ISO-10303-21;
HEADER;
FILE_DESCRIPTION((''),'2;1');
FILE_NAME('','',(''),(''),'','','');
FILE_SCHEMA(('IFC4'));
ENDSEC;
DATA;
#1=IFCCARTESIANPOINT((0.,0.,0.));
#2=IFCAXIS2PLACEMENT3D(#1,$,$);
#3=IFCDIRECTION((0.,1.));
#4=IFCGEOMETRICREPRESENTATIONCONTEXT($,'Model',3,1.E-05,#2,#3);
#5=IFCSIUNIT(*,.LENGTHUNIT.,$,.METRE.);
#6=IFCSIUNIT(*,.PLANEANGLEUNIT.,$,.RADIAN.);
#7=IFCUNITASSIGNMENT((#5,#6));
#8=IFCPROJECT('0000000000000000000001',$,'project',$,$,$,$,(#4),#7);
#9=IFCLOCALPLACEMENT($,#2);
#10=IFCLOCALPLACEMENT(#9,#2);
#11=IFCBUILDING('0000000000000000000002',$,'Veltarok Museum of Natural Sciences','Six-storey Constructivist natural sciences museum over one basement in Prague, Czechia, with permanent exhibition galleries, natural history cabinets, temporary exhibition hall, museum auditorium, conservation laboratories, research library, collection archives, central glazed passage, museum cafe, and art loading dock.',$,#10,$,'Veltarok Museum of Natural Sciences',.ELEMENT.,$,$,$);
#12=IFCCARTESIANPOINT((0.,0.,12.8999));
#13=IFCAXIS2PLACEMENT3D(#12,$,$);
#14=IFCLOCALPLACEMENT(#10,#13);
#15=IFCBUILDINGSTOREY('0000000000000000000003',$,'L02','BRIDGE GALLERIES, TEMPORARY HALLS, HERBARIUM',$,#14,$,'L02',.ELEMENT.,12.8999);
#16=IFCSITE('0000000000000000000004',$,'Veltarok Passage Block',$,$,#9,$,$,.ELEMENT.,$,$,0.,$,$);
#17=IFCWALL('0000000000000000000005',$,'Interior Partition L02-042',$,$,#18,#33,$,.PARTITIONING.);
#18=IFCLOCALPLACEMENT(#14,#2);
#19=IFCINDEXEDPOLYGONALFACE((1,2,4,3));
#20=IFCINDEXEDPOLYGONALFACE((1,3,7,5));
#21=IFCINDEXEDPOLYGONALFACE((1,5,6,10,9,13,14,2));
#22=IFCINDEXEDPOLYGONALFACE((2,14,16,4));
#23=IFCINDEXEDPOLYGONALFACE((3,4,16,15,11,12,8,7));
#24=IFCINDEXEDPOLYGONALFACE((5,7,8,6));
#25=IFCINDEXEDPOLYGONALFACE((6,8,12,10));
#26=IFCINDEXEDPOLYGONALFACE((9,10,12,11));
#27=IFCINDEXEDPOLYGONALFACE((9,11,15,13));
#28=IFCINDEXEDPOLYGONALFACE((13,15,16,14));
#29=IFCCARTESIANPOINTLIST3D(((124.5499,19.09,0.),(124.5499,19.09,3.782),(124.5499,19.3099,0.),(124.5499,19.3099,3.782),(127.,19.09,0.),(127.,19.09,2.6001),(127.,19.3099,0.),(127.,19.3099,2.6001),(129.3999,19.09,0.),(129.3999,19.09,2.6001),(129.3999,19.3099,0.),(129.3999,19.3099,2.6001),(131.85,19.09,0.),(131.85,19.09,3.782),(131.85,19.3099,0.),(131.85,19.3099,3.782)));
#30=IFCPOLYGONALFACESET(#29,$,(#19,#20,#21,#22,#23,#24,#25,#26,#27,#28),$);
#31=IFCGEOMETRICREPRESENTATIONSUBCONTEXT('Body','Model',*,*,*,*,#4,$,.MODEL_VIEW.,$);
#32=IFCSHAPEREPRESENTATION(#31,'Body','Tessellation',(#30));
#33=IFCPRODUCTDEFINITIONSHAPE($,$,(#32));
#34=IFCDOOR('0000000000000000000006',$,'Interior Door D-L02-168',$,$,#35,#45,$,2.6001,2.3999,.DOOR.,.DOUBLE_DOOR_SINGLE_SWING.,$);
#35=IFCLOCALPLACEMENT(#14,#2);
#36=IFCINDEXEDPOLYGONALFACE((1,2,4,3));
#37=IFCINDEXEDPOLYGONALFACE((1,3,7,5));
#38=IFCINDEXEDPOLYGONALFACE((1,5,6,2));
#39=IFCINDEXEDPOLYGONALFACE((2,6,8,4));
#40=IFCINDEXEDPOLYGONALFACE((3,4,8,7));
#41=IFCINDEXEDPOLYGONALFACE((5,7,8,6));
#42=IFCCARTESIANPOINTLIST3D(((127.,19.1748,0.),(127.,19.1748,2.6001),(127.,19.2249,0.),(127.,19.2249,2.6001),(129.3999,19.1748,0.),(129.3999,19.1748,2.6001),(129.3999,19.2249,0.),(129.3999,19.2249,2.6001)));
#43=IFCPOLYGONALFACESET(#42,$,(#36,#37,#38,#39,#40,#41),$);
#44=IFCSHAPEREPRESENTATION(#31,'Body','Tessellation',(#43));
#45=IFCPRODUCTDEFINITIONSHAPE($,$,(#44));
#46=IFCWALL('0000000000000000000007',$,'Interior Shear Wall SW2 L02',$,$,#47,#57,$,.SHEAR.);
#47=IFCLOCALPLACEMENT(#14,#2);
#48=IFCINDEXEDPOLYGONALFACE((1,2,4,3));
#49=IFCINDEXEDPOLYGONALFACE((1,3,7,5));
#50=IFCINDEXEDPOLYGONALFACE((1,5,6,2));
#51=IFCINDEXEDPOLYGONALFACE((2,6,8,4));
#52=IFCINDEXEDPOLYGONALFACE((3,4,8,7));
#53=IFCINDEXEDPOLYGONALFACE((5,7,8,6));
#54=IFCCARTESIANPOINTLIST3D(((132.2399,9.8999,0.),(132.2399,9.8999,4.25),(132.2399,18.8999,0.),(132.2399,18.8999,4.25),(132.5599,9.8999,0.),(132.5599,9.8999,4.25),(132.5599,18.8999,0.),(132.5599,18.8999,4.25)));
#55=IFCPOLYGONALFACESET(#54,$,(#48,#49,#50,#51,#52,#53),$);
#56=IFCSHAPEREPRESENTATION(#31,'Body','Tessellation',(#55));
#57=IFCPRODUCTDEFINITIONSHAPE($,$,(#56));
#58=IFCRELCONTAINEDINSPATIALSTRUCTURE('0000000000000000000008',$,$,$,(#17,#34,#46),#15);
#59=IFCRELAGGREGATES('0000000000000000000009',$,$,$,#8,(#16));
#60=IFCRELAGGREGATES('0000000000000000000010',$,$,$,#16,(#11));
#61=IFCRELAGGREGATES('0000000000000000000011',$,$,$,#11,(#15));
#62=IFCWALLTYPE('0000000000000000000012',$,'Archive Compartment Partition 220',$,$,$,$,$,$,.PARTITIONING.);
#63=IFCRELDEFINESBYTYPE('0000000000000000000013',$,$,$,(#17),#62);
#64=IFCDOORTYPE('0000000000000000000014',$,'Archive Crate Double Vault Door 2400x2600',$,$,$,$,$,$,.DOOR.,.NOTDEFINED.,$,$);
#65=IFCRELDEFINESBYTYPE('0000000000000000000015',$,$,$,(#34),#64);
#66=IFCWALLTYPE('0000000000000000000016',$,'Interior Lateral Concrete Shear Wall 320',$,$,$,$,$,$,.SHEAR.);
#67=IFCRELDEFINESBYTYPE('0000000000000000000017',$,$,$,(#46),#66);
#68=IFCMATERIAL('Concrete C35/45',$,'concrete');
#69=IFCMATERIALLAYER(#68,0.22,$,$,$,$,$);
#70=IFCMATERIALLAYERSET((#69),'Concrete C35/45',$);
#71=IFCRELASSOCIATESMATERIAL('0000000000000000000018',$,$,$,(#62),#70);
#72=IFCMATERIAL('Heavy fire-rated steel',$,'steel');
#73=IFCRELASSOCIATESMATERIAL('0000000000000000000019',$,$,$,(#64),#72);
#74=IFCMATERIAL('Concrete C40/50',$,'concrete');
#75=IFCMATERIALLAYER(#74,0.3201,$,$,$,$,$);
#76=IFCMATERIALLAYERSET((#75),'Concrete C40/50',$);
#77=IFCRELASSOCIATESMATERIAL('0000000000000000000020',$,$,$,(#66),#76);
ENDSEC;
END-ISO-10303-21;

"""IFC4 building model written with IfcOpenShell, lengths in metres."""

from ifc_helpers import new_model, si_unit, direction, frame, frame_2d, origin, place, context, subcontext, project, spatial, rectangle, extrude, material, layer, layer_set, type_object, element, fill, save


model = new_model("IFC4")

# Units and contexts
model_context = context("Model", 3, precision=1e-05, world=origin(), true_north=direction((0.0, 1.0)))
body_context = subcontext(model_context, "Body", "Model", "MODEL_VIEW")
ifc_project = project(units=[si_unit("LENGTHUNIT", "METRE"), si_unit("PLANEANGLEUNIT", "RADIAN")], contexts=[model_context])

# Site, building, storey
site_placement = place(None, origin())
site = spatial("IfcSite", under=ifc_project, at=site_placement, Name="Veltarok Passage Block", CompositionType="ELEMENT", RefElevation=0.0)
building_placement = place(site_placement, origin())
building = spatial("IfcBuilding", under=site, at=building_placement, Name="Veltarok Museum of Natural Sciences", Description="Six-storey Constructivist natural sciences museum over one basement in Prague, Czechia, with permanent exhibition galleries, natural history cabinets, temporary exhibition hall, museum auditorium, conservation laboratories, research library, collection archives, central glazed passage, museum cafe, and art loading dock.", LongName="Veltarok Museum of Natural Sciences", CompositionType="ELEMENT")
storey_placement = place(building_placement, frame((0.0, 0.0, 12.8999)))
storey = spatial("IfcBuildingStorey", under=building, at=storey_placement, Name="L02", Description="BRIDGE GALLERIES, TEMPORARY HALLS, HERBARIUM", LongName="L02", CompositionType="ELEMENT", Elevation=12.8999)

# Shared definitions
ifc_material_1 = material(Name="Concrete C40/50", Category="concrete")

# Wall, opening, door
ifc_material_2 = material(Name="Concrete C35/45", Category="concrete")
ifc_layer_1 = layer(ifc_material_2, 0.22)
ifc_layer_set_1 = layer_set([ifc_layer_1], Name="Concrete C35/45")
wall_type_1 = type_object("IfcWallType", Name="Archive Compartment Partition 220", PredefinedType="PARTITIONING", material=ifc_layer_set_1)
wall_1_placement = place(storey_placement, frame((124.55, 19.2, 0.0), z_axis=(0.0, 0.0, 1.0), x_axis=(1.0, 0.0, 0.0)))
wall_1 = element("IfcWall", 1, at=wall_1_placement, inside=storey, type_object=wall_type_1, Name="Interior Partition L02-042", PredefinedType="PARTITIONING", context=body_context, shape_type="SweptSolid", body=[
    extrude(rectangle(XDim=7.3, YDim=0.22, at=frame_2d((3.6499, 0.0))), origin(), (0.0, 0.0, 1.0), 3.782),
])
opening_placement = place(wall_1_placement, frame((2.45, 0.0, 0.0)))
opening = element("IfcOpeningElement", 2, at=opening_placement, cuts=wall_1, PredefinedType="OPENING", context=body_context, shape_type="SweptSolid", body=[
    extrude(rectangle(XDim=2.3999, YDim=2.6001, at=frame_2d((1.2, 1.3))), frame((0.0, 0.1201, 0.0), z_axis=(0.0, -1.0, 0.0), x_axis=(1.0, 0.0, 0.0)), (0.0, 0.0, 1.0), 0.24),
])
ifc_material_3 = material(Name="Heavy fire-rated steel", Category="steel")
door_type = type_object("IfcDoorType", Name="Archive Crate Double Vault Door 2400x2600", OperationType="NOTDEFINED", PredefinedType="DOOR", material=ifc_material_3)
door_placement = place(opening_placement, origin())
door = element("IfcDoor", 3, at=door_placement, inside=storey, type_object=door_type, Name="Interior Door D-L02-168", OperationType="DOUBLE_DOOR_SINGLE_SWING", OverallHeight=2.6001, OverallWidth=2.3999, PredefinedType="DOOR", context=body_context, shape_type="SweptSolid", body=[
    extrude(rectangle(XDim=2.3999, YDim=2.6001, at=frame_2d((1.2, 1.3))), frame((0.0, 0.0249, 0.0), z_axis=(0.0, -1.0, 0.0), x_axis=(1.0, 0.0, 0.0)), (0.0, 0.0, 1.0), 0.05),
])
fill(opening, door)

# Wall
ifc_layer_2 = layer(ifc_material_1, 0.3201)
ifc_layer_set_2 = layer_set([ifc_layer_2], Name="Concrete C40/50")
wall_type_2 = type_object("IfcWallType", Name="Interior Lateral Concrete Shear Wall 320", PredefinedType="SHEAR", material=ifc_layer_set_2)
wall_2_placement = place(storey_placement, frame((132.3999, 9.8999, 0.0), z_axis=(0.0, 0.0, 1.0), x_axis=(0.0, 1.0, 0.0)))
element("IfcWall", 4, at=wall_2_placement, inside=storey, type_object=wall_type_2, Name="Interior Shear Wall SW2 L02", PredefinedType="SHEAR", context=body_context, shape_type="SweptSolid", body=[
    extrude(rectangle(XDim=9.0, YDim=0.3201, at=frame_2d((4.5, 0.0))), origin(), (0.0, 0.0, 1.0), 4.25),
])

save(model, "model.ifc")
